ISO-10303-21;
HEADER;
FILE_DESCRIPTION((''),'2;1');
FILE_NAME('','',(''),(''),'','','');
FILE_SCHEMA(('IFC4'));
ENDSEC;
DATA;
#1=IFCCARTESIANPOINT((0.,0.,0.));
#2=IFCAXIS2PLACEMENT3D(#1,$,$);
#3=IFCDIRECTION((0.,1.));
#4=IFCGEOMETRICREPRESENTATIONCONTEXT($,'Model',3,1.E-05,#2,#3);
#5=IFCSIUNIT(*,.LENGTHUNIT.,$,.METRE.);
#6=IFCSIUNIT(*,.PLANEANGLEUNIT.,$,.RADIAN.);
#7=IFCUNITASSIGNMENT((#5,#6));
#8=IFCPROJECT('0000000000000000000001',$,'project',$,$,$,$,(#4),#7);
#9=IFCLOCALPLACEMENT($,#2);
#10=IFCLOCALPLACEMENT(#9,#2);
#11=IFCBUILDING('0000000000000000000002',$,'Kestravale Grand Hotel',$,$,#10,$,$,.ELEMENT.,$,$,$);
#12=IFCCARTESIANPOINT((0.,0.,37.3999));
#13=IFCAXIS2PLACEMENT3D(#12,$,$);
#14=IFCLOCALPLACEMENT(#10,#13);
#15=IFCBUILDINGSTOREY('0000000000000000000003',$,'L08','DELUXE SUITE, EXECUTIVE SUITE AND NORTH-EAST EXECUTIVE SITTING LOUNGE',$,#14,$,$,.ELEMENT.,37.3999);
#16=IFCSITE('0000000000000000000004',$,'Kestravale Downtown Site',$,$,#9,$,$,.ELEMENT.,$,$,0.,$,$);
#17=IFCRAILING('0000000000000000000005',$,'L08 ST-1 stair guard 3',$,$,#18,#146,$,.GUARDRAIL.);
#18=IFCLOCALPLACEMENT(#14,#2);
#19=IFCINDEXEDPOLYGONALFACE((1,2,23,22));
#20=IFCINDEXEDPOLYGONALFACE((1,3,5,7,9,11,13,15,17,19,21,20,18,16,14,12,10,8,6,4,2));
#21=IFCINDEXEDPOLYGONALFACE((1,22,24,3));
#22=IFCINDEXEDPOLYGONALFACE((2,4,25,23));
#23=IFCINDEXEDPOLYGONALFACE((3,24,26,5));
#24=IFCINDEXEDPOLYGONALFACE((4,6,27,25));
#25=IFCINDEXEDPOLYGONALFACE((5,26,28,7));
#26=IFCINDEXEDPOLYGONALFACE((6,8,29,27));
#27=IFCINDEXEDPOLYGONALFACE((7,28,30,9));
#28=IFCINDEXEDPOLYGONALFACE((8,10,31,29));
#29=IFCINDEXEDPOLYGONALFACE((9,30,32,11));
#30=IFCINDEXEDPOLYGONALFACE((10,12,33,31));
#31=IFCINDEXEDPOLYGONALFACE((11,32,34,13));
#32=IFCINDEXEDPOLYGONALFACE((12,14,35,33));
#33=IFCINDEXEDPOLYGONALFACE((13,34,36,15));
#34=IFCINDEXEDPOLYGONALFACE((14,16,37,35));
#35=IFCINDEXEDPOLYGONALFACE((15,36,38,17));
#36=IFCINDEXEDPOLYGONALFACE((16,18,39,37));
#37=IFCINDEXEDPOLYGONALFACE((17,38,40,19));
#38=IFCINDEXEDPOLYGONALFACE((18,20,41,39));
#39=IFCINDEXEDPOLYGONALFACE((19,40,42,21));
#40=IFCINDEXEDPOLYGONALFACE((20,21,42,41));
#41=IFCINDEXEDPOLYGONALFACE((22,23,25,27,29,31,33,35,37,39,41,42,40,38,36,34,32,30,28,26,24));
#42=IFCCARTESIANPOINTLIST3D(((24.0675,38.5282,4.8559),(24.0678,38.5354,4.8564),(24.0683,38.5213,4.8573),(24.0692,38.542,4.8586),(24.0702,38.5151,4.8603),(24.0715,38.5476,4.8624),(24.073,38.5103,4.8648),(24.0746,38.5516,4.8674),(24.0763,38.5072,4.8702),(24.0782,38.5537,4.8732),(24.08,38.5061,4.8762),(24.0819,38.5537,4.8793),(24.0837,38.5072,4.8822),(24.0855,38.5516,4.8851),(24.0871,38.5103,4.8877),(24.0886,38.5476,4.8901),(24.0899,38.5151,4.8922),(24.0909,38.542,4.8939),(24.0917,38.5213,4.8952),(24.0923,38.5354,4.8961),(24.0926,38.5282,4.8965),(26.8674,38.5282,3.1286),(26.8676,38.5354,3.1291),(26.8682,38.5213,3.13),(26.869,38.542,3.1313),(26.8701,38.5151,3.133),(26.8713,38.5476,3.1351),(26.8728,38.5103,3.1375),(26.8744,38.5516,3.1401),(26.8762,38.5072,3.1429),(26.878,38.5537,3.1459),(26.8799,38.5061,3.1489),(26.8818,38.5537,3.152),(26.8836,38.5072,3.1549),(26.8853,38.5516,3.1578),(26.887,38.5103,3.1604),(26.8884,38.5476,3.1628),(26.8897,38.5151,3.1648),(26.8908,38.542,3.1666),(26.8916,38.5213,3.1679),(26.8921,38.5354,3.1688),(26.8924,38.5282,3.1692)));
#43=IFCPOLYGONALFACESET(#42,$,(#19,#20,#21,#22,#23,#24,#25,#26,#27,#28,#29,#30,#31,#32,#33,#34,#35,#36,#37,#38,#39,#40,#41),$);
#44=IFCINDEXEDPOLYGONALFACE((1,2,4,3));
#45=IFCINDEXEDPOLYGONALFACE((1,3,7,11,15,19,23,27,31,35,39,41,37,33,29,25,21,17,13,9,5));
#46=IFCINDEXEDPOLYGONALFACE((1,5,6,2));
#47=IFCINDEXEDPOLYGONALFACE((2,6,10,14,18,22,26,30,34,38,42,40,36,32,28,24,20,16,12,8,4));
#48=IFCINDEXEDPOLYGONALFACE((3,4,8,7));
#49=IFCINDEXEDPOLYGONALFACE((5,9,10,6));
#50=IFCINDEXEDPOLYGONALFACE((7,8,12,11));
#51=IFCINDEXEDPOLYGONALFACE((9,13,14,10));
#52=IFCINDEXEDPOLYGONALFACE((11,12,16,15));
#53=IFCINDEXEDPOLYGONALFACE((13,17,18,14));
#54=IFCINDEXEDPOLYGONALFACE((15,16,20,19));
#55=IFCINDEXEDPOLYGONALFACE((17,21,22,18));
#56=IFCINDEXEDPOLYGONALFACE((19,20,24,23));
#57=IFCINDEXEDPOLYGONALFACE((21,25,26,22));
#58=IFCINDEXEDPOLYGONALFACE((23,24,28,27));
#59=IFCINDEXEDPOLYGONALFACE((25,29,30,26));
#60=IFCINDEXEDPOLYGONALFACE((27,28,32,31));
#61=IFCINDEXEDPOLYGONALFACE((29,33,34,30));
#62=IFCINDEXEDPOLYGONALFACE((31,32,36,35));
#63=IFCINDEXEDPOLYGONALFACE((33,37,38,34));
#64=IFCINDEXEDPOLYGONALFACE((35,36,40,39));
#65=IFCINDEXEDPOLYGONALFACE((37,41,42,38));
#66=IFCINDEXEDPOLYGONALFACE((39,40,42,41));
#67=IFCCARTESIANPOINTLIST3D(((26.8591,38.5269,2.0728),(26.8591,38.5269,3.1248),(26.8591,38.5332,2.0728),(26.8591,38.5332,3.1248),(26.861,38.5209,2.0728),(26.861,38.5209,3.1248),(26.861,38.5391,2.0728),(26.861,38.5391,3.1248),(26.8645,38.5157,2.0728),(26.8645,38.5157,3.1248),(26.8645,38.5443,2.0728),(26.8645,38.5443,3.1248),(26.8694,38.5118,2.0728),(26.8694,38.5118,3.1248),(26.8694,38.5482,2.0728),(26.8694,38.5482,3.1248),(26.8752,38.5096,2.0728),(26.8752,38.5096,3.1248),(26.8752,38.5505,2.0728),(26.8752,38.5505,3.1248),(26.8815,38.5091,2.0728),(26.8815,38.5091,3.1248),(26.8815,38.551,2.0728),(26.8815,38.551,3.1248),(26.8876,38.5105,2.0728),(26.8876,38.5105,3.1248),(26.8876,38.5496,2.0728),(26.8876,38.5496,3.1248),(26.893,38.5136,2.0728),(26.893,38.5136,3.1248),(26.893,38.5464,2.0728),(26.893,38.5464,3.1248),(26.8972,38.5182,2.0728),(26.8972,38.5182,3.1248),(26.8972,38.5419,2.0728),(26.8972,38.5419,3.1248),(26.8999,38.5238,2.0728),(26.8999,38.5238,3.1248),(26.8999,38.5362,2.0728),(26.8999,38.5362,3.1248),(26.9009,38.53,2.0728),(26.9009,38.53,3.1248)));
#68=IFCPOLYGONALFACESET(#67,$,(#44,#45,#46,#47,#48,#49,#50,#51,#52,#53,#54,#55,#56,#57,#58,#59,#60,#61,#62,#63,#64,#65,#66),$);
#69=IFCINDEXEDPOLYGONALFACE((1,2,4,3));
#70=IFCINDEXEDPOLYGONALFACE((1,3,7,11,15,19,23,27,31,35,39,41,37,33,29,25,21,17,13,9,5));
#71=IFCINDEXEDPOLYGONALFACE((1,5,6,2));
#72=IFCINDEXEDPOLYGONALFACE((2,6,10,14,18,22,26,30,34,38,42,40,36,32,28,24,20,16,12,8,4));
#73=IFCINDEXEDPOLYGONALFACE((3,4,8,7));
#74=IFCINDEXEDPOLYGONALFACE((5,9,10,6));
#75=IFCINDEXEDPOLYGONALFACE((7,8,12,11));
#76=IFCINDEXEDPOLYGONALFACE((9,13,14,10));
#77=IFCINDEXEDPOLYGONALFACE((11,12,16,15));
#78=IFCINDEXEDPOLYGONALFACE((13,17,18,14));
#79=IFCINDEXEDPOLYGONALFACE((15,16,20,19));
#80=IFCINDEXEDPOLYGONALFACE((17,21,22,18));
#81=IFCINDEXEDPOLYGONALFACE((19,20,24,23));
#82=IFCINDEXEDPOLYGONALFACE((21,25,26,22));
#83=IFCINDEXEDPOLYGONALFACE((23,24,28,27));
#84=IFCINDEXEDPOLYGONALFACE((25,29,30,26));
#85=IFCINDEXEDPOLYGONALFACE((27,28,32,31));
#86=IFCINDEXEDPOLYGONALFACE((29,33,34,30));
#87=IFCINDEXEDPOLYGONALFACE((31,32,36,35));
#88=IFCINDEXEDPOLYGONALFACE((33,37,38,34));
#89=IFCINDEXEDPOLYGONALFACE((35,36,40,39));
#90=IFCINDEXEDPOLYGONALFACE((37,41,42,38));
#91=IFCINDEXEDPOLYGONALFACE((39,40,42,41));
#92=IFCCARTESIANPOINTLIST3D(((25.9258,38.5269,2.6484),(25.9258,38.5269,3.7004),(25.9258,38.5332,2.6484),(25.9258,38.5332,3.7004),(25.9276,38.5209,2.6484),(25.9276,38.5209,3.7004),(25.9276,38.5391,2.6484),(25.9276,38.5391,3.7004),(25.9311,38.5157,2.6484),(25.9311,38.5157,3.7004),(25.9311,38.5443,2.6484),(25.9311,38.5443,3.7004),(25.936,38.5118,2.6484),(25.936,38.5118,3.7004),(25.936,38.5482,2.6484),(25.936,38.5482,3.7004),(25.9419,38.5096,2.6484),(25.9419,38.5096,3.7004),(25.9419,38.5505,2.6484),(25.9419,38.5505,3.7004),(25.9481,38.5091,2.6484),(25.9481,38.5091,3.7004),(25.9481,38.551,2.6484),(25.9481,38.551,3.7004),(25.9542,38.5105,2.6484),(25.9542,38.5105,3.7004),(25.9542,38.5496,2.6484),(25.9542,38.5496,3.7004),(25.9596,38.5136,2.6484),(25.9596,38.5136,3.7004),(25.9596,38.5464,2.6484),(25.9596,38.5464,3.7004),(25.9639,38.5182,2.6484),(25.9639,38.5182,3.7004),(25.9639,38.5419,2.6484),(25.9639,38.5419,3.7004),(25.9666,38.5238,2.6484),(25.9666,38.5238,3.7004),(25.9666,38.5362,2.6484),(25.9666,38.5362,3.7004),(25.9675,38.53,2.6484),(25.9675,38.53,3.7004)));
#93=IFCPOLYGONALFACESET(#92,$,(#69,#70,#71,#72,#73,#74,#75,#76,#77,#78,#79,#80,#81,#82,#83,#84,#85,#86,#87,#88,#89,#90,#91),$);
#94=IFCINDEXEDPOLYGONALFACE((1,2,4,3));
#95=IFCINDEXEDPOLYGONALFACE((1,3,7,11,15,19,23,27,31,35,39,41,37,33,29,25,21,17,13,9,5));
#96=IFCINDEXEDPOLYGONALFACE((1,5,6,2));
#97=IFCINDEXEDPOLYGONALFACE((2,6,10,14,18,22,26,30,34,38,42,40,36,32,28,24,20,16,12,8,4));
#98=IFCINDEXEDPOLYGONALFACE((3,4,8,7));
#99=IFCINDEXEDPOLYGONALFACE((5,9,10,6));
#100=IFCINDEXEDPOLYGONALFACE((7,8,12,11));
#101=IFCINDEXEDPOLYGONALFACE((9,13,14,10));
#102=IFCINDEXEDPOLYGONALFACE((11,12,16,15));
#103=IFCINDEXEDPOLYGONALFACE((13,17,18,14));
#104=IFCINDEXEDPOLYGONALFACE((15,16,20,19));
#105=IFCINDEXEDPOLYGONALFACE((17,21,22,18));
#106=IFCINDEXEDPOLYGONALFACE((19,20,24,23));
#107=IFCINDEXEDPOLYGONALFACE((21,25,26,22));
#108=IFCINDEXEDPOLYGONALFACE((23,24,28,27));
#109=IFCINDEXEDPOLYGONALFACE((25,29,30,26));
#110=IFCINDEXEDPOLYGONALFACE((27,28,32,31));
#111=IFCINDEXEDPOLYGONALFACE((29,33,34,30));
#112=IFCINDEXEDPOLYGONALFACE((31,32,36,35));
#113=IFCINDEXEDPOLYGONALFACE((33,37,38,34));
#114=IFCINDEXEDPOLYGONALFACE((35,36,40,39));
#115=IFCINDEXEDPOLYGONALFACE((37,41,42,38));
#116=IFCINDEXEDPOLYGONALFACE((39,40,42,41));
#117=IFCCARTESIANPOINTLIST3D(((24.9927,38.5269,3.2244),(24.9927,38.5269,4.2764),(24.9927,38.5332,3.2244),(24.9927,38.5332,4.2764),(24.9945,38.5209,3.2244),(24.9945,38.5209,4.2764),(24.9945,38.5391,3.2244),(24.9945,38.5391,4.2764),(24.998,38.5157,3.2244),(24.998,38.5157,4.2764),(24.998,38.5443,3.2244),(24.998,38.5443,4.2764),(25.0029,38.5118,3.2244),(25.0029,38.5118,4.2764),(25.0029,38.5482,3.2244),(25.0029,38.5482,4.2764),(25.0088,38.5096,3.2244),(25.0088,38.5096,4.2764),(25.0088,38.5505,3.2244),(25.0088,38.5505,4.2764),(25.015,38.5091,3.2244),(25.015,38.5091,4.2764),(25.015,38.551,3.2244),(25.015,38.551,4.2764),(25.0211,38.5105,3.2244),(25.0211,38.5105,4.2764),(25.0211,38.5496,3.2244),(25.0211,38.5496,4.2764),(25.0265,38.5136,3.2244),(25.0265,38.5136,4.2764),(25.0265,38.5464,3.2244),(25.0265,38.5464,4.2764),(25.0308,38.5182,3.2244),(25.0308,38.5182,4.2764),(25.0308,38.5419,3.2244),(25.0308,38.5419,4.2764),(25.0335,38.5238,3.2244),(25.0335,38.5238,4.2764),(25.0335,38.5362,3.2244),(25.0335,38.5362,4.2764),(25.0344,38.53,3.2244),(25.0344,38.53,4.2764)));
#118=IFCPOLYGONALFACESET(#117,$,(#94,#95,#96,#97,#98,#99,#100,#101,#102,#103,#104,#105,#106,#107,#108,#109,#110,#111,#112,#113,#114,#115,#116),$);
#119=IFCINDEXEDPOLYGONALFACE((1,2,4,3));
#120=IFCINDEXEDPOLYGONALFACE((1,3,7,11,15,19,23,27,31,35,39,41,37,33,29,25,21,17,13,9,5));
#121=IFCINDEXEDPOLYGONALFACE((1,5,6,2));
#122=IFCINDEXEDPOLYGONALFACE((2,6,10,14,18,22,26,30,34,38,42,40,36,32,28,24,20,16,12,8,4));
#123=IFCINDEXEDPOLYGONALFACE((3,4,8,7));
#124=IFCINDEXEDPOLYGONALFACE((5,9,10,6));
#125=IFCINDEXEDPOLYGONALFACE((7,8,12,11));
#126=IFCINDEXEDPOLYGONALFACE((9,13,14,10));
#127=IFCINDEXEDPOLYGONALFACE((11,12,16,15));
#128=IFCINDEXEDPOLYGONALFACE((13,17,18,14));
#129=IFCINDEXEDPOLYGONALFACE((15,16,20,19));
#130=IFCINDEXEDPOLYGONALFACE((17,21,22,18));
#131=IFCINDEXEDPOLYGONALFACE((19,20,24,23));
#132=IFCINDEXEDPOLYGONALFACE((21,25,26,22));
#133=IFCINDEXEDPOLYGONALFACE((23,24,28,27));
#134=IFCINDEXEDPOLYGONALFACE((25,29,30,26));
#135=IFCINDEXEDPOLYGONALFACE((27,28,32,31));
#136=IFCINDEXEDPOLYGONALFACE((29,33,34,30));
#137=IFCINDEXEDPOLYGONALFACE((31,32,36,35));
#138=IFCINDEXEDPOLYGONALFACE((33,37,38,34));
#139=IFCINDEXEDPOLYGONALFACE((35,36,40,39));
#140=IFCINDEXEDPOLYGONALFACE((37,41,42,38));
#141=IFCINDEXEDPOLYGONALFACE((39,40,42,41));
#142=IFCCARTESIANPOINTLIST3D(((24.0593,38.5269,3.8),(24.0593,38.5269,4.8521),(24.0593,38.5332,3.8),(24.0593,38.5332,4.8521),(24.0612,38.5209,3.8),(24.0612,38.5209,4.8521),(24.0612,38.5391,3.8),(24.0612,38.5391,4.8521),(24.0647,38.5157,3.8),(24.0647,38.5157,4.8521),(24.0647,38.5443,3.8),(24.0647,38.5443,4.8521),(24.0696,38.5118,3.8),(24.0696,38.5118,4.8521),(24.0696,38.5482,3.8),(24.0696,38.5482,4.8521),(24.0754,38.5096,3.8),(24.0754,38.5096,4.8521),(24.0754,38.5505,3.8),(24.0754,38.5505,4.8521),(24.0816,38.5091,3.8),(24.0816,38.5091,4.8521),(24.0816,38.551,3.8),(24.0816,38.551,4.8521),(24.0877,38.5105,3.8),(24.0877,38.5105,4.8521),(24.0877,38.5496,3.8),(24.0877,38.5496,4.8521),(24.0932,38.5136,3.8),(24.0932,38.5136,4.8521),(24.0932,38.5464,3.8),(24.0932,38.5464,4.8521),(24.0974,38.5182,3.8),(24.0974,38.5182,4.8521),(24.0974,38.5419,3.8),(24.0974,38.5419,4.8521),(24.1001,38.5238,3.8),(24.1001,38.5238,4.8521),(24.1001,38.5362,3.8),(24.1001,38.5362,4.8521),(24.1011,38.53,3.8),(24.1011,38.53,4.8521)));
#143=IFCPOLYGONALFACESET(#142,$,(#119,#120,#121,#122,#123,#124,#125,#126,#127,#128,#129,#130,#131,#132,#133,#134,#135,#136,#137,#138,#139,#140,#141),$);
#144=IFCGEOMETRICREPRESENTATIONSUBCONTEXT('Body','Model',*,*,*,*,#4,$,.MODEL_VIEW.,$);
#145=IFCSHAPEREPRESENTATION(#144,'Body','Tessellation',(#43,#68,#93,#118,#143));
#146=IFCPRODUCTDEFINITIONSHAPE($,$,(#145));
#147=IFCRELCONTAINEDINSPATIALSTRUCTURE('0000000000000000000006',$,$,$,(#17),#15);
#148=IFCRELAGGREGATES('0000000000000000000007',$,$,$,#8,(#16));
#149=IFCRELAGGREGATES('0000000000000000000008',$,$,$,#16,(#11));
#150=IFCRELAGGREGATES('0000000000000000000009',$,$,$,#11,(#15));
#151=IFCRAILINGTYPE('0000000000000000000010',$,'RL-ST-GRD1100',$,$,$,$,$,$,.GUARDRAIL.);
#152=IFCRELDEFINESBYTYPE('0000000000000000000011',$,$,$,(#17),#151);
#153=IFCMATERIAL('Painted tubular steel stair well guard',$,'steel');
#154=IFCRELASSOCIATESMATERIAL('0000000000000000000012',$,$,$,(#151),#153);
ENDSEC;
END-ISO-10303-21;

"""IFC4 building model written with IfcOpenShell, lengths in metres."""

from ifc_helpers import new_model, si_unit, direction, frame, origin, origin_2d, place, context, subcontext, project, spatial, circle, extrude, material, type_object, element, save


model = new_model("IFC4")

# Units and contexts
model_context = context("Model", 3, precision=1e-05, world=origin(), true_north=direction((0.0, 1.0)))
body_context = subcontext(model_context, "Body", "Model", "MODEL_VIEW")
ifc_project = project(units=[si_unit("LENGTHUNIT", "METRE"), si_unit("PLANEANGLEUNIT", "RADIAN")], contexts=[model_context])

# Site, building, storey
site_placement = place(None, origin())
site = spatial("IfcSite", under=ifc_project, at=site_placement, Name="Kestravale Downtown Site", CompositionType="ELEMENT", RefElevation=0.0)
building_placement = place(site_placement, origin())
building = spatial("IfcBuilding", under=site, at=building_placement, Name="Kestravale Grand Hotel", CompositionType="ELEMENT")
storey_placement = place(building_placement, frame((0.0, 0.0, 37.3999)))
storey = spatial("IfcBuildingStorey", under=building, at=storey_placement, Name="L08", Description="DELUXE SUITE, EXECUTIVE SUITE AND NORTH-EAST EXECUTIVE SITTING LOUNGE", CompositionType="ELEMENT", Elevation=37.3999)

# Railing
ifc_material_1 = material(Name="Painted tubular steel stair well guard", Category="steel")
railing_type_1 = type_object("IfcRailingType", Name="RL-ST-GRD1100", PredefinedType="GUARDRAIL", material=ifc_material_1)
railing_1_placement = place(storey_placement, frame((26.8799, 38.53, 2.0728)))
element("IfcRailing", 1, at=railing_1_placement, inside=storey, type_object=railing_type_1, Name="L08 ST-1 stair guard 3", PredefinedType="GUARDRAIL", context=body_context, shape_type="SweptSolid", body=[
    extrude(circle(Radius=0.0239, at=origin_2d()), frame((0.0, 0.0, 1.0762), z_axis=(-0.851069, 0.0, 0.525054), x_axis=(0.0, -1.0, 0.0)), (0.0, 0.0, 1.0), 3.2898),
    extrude(circle(Radius=0.021, at=origin_2d()), origin(), (0.0, 0.0, 1.0), 1.052),
    extrude(circle(Radius=0.021, at=origin_2d()), frame((-0.9333, 0.0, 0.5757)), (0.0, 0.0, 1.0), 1.052),
    extrude(circle(Radius=0.021, at=origin_2d()), frame((-1.8665, 0.0, 1.1516)), (0.0, 0.0, 1.0), 1.052),
    extrude(circle(Radius=0.021, at=origin_2d()), frame((-2.7998, 0.0, 1.7273)), (0.0, 0.0, 1.0), 1.052),
])

save(model, "model.ifc")
